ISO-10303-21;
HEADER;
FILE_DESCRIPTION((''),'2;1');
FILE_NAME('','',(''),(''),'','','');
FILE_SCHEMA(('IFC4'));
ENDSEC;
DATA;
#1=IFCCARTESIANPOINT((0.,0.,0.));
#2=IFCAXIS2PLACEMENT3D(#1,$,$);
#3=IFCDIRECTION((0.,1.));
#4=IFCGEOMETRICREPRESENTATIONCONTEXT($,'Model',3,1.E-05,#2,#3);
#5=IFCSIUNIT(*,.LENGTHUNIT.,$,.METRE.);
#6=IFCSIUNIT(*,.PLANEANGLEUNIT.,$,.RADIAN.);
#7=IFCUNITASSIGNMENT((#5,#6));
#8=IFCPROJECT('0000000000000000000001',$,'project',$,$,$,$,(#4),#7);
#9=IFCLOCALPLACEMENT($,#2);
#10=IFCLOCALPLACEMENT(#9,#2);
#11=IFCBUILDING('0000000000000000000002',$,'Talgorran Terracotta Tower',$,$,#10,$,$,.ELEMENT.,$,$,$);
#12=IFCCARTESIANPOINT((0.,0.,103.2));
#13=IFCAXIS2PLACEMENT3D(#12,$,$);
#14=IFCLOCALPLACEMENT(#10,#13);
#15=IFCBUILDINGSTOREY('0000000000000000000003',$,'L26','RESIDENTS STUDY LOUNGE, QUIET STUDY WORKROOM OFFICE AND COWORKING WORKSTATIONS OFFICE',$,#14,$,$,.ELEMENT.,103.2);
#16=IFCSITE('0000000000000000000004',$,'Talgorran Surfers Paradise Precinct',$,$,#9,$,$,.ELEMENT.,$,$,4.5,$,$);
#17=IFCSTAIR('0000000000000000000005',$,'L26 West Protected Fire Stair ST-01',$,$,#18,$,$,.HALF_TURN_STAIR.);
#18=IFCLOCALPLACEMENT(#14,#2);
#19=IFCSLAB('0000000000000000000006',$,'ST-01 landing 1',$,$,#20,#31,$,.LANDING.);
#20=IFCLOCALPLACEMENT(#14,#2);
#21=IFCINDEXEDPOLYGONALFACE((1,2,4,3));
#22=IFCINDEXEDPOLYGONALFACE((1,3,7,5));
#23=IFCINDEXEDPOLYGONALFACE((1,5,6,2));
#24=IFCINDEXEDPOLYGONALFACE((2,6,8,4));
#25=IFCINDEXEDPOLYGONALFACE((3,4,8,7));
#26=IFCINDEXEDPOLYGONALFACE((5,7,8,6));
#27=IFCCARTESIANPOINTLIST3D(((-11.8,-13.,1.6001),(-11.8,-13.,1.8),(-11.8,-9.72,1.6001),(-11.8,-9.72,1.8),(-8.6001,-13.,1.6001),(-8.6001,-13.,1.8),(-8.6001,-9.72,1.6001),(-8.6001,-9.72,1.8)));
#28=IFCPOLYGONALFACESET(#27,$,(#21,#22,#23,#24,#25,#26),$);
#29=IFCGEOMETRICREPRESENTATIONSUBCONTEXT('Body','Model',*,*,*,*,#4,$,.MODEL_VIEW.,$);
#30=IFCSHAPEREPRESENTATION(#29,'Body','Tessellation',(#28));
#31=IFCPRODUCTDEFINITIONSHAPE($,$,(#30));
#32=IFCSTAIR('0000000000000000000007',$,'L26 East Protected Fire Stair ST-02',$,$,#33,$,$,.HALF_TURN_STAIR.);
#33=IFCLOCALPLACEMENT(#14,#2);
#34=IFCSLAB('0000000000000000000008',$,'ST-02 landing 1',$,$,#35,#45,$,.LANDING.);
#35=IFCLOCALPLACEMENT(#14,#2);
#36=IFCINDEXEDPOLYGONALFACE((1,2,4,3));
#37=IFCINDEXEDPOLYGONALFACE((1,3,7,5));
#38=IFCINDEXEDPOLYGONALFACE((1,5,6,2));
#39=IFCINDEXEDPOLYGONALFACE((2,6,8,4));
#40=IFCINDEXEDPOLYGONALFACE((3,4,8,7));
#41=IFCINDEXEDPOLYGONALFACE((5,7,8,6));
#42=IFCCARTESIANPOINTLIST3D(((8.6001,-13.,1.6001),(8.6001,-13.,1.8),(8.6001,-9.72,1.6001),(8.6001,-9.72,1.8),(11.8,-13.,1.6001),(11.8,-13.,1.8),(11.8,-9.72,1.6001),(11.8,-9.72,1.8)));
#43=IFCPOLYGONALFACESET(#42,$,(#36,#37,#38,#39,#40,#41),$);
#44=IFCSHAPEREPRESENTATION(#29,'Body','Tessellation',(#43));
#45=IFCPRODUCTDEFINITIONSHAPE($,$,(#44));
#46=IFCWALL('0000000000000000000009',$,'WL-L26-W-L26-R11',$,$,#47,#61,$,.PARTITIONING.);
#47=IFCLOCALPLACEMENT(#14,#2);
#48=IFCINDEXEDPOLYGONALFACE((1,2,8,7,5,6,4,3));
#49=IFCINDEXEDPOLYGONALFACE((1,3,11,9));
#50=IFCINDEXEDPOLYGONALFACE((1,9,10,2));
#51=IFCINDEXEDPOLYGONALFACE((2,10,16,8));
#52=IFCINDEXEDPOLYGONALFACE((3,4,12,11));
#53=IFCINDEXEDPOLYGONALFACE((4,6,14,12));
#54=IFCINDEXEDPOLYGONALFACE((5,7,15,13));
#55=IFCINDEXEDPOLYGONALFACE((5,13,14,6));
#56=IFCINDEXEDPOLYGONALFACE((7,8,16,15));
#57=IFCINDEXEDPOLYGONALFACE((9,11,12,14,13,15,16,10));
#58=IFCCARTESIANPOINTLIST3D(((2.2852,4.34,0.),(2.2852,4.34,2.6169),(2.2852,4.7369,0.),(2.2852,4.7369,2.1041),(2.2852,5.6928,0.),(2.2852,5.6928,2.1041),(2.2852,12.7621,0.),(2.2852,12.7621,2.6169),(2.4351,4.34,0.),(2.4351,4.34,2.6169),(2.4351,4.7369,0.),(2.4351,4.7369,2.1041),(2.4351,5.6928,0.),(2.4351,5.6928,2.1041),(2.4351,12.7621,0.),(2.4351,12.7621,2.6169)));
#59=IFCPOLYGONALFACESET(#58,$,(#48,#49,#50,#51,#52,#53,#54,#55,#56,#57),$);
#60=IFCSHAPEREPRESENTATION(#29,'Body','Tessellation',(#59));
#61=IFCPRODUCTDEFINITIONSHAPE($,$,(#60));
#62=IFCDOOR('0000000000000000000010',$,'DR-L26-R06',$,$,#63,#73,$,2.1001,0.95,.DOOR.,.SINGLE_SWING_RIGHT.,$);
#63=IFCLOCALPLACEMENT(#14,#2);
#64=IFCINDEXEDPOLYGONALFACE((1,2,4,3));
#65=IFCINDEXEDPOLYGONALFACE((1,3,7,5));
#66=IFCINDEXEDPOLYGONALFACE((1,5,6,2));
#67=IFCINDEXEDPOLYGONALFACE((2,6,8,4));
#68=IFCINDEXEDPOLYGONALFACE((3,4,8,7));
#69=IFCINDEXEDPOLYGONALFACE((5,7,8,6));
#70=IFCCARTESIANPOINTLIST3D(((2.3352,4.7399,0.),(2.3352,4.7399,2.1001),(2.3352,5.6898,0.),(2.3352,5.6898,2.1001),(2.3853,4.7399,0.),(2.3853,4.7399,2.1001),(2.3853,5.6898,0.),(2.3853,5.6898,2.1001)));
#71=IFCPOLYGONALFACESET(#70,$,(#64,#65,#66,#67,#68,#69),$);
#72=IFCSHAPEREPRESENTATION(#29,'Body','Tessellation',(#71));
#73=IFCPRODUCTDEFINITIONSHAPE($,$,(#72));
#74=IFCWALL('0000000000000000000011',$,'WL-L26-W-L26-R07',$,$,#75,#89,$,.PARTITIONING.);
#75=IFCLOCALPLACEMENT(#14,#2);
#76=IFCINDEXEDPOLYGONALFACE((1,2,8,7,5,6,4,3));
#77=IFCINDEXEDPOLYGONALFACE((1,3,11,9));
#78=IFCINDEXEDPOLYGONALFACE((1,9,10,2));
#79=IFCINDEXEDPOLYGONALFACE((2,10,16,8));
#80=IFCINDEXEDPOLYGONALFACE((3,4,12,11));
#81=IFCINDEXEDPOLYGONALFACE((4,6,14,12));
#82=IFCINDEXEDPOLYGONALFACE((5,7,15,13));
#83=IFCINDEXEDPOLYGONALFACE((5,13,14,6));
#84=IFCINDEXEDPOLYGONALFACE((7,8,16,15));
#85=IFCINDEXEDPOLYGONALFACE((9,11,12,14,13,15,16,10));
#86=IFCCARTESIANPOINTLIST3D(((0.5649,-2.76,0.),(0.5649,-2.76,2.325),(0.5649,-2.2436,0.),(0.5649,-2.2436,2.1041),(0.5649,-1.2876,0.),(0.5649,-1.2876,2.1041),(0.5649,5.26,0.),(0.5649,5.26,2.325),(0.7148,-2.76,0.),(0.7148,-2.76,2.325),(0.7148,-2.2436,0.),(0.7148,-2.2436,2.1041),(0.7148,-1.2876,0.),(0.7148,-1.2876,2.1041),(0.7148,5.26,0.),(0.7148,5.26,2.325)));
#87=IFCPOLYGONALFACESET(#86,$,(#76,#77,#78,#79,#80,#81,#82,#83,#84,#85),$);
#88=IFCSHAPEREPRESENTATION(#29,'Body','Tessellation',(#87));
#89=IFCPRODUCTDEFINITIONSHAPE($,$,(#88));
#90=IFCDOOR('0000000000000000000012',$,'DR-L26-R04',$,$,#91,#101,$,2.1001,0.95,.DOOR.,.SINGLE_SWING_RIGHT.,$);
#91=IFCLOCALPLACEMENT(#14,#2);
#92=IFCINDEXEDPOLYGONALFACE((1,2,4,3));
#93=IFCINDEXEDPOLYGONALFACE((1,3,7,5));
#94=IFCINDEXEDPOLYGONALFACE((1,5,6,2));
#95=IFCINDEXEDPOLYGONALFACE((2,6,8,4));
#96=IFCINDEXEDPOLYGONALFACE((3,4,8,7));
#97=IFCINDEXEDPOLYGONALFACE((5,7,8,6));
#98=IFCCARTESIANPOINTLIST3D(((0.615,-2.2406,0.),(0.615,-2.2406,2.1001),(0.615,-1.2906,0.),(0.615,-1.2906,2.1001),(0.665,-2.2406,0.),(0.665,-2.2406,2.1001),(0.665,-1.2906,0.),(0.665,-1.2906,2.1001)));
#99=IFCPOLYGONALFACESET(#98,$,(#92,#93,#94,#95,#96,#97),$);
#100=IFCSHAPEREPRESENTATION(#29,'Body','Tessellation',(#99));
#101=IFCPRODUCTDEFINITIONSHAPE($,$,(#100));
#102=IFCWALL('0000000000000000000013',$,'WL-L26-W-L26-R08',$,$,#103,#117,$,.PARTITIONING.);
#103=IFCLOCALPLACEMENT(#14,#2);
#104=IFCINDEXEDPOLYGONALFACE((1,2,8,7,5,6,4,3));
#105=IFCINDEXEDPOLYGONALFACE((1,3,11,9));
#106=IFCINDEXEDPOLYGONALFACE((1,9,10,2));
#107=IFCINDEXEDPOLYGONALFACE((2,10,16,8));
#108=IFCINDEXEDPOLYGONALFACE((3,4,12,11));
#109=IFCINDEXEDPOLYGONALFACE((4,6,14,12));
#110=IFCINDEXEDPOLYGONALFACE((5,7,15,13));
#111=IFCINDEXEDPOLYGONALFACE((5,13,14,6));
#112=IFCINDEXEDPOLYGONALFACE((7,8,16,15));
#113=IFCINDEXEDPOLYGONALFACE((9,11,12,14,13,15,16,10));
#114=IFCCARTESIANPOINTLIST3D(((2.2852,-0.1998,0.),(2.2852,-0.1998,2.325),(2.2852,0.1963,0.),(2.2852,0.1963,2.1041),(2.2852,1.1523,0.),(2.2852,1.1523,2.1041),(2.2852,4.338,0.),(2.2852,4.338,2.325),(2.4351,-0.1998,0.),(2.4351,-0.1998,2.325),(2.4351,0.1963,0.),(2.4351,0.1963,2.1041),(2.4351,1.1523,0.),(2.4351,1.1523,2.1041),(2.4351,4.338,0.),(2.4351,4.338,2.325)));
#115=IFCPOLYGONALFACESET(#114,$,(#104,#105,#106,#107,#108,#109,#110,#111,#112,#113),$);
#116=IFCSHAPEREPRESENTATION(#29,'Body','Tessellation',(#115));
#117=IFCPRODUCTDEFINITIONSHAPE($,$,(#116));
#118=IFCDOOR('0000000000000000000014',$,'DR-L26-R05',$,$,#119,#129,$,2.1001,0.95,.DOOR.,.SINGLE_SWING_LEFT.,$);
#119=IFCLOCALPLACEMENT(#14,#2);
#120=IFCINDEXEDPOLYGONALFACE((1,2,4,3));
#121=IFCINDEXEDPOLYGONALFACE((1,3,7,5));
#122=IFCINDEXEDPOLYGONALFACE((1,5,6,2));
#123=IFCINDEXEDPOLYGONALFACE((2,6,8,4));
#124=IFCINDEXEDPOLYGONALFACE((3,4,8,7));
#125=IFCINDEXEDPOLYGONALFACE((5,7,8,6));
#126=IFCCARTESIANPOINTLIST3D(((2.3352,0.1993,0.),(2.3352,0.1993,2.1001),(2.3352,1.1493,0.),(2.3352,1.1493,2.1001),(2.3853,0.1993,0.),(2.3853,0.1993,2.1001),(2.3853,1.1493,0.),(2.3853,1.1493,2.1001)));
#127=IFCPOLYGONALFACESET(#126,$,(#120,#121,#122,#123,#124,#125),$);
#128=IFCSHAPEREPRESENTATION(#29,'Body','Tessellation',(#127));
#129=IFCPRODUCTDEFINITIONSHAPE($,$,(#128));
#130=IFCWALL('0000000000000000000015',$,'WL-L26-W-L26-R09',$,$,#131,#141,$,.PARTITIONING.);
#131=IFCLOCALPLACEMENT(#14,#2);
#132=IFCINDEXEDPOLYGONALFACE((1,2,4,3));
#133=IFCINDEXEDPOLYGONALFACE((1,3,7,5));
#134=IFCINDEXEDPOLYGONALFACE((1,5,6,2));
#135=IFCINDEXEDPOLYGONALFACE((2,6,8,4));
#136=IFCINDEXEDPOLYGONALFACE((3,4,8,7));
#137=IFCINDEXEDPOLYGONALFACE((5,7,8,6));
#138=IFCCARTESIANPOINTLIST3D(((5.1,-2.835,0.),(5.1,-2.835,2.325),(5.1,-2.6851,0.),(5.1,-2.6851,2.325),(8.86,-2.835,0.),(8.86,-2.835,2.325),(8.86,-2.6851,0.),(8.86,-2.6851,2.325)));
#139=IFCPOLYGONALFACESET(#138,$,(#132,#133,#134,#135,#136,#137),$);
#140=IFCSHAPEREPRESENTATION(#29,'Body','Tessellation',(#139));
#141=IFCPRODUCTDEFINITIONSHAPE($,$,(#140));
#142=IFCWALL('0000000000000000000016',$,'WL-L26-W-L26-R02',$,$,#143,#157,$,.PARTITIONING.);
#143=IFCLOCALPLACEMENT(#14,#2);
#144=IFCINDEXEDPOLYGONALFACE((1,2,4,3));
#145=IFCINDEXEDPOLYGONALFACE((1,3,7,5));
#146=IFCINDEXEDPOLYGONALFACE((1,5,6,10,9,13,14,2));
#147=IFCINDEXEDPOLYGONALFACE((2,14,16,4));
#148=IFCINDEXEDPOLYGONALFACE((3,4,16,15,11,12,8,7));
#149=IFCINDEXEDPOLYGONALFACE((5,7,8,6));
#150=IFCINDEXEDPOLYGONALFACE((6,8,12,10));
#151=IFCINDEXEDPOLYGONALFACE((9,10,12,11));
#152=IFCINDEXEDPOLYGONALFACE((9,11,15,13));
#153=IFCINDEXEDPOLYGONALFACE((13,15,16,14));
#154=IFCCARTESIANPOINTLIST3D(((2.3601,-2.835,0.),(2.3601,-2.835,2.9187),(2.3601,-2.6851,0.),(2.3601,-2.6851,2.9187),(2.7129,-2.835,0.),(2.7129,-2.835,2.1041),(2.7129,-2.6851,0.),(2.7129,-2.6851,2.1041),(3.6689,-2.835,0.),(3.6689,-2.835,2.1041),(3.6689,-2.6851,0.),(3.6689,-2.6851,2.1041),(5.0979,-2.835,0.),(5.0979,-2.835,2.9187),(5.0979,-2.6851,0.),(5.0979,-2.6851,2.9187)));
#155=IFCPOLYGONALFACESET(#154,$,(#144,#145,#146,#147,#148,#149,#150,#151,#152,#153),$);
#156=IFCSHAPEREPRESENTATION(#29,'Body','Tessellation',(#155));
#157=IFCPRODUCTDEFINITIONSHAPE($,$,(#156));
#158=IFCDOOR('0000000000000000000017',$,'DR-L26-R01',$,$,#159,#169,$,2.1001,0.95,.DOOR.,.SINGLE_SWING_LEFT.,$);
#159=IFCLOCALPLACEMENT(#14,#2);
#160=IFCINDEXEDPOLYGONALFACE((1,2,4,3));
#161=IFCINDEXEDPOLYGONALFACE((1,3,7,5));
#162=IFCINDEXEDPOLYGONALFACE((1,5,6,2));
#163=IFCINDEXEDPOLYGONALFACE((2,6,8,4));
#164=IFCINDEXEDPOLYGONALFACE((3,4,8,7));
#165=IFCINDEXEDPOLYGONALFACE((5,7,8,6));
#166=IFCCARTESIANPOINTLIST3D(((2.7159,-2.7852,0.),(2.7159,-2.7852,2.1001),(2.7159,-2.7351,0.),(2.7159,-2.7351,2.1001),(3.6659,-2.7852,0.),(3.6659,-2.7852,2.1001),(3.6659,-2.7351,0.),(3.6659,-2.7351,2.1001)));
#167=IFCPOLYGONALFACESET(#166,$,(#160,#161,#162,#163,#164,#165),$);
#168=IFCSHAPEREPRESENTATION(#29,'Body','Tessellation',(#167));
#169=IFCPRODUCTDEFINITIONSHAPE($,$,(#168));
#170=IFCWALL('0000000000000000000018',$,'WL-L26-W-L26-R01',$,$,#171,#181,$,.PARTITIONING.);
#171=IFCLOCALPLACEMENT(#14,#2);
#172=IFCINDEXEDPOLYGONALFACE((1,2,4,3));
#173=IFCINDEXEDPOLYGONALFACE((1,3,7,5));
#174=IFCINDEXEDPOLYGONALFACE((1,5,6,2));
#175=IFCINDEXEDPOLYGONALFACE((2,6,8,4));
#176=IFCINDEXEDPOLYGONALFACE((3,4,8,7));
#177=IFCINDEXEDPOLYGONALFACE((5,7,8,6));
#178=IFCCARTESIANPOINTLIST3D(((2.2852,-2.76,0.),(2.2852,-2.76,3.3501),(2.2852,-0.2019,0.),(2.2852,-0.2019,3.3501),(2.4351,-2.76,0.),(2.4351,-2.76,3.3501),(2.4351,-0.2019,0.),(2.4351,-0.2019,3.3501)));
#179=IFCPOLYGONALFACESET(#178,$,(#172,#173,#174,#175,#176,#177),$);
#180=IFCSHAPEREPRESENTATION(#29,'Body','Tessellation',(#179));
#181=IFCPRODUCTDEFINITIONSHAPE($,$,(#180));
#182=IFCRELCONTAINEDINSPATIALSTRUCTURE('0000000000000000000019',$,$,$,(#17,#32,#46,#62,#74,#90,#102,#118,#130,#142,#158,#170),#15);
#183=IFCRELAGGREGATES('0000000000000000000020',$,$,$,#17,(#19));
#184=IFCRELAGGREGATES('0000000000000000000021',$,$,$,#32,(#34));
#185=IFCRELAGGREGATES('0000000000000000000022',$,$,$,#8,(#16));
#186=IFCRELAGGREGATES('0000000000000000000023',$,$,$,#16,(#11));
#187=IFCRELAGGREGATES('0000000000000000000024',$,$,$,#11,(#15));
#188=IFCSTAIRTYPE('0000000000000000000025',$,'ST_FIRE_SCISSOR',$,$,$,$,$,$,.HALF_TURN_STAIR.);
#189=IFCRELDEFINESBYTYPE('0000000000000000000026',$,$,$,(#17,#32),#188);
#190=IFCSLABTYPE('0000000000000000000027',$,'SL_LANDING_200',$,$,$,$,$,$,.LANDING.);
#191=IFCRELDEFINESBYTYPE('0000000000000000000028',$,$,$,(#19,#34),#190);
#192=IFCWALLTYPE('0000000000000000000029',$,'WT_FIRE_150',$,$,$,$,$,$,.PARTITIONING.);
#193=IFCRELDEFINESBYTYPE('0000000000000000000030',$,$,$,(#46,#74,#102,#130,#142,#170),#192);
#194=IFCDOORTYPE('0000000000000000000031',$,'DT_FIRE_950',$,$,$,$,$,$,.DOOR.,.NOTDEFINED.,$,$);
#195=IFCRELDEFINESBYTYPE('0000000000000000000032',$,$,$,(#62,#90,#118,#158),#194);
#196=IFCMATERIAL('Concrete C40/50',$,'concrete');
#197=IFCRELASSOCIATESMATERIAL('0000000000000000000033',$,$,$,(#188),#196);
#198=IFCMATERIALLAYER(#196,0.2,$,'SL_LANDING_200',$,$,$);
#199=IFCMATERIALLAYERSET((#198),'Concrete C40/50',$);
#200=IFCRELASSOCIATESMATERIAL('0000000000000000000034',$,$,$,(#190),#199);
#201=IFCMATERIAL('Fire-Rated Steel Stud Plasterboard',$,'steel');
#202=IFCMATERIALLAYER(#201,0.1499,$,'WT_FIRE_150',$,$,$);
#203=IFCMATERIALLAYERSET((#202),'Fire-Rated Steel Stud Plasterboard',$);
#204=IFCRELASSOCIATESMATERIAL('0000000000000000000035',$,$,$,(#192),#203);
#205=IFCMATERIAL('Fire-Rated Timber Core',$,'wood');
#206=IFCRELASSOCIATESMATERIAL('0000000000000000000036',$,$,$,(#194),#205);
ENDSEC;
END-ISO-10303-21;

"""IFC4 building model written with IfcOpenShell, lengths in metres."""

from ifc_helpers import new_model, si_unit, direction, frame, frame_2d, origin, place, context, subcontext, project, spatial, polyline, rectangle, outline, extrude, material, layer, layer_set, type_object, element, fill, aggregate, save


model = new_model("IFC4")

# Units and contexts
model_context = context("Model", 3, precision=1e-05, world=origin(), true_north=direction((0.0, 1.0)))
body_context = subcontext(model_context, "Body", "Model", "MODEL_VIEW")
ifc_project = project(units=[si_unit("LENGTHUNIT", "METRE"), si_unit("PLANEANGLEUNIT", "RADIAN")], contexts=[model_context])

# Site, building, storey
site_placement = place(None, origin())
site = spatial("IfcSite", under=ifc_project, at=site_placement, Name="Talgorran Surfers Paradise Precinct", CompositionType="ELEMENT", RefElevation=4.5)
building_placement = place(site_placement, origin())
building = spatial("IfcBuilding", under=site, at=building_placement, Name="Talgorran Terracotta Tower", CompositionType="ELEMENT")
storey_placement = place(building_placement, frame((0.0, 0.0, 103.2)))
storey = spatial("IfcBuildingStorey", under=building, at=storey_placement, Name="L26", Description="RESIDENTS STUDY LOUNGE, QUIET STUDY WORKROOM OFFICE AND COWORKING WORKSTATIONS OFFICE", CompositionType="ELEMENT", Elevation=103.2)

# Stairs, slabs
ifc_material_1 = material(Name="Concrete C40/50", Category="concrete")
stair_type = type_object("IfcStairType", Name="ST_FIRE_SCISSOR", PredefinedType="HALF_TURN_STAIR", material=ifc_material_1)
stair_1_placement = place(storey_placement, origin())
stair_1 = element("IfcStair", 1, at=stair_1_placement, inside=storey, type_object=stair_type, Name="L26 West Protected Fire Stair ST-01", PredefinedType="HALF_TURN_STAIR")
ifc_layer_1 = layer(ifc_material_1, 0.2, Name="SL_LANDING_200")
ifc_layer_set_1 = layer_set([ifc_layer_1], Name="Concrete C40/50")
slab_type = type_object("IfcSlabType", Name="SL_LANDING_200", PredefinedType="LANDING", material=ifc_layer_set_1)
slab_1_placement = place(storey_placement, frame((0.0, 0.0, 1.6001)))
slab_1 = element("IfcSlab", 2, at=slab_1_placement, type_object=slab_type, Name="ST-01 landing 1", PredefinedType="LANDING", context=body_context, shape_type="SweptSolid", body=[
    extrude(outline(polyline([(-11.8, -9.72), (-11.8, -13.0), (-8.6001, -13.0), (-8.6001, -9.72), (-11.8, -9.72)])), origin(), (0.0, 0.0, 1.0), 0.2),
])
aggregate(stair_1, [slab_1])
stair_2_placement = place(storey_placement, origin())
stair_2 = element("IfcStair", 3, at=stair_2_placement, inside=storey, type_object=stair_type, Name="L26 East Protected Fire Stair ST-02", PredefinedType="HALF_TURN_STAIR")
slab_2_placement = place(storey_placement, frame((0.0, 0.0, 1.6001)))
slab_2 = element("IfcSlab", 4, at=slab_2_placement, type_object=slab_type, Name="ST-02 landing 1", PredefinedType="LANDING", context=body_context, shape_type="SweptSolid", body=[
    extrude(outline(polyline([(8.6001, -9.72), (8.6001, -13.0), (11.8, -13.0), (11.8, -9.72), (8.6001, -9.72)])), origin(), (0.0, 0.0, 1.0), 0.2),
])
aggregate(stair_2, [slab_2])

# Walls, openings, doors
ifc_material_2 = material(Name="Fire-Rated Steel Stud Plasterboard", Category="steel")
ifc_layer_2 = layer(ifc_material_2, 0.1499, Name="WT_FIRE_150")
ifc_layer_set_2 = layer_set([ifc_layer_2], Name="Fire-Rated Steel Stud Plasterboard")
wall_type_1 = type_object("IfcWallType", Name="WT_FIRE_150", PredefinedType="PARTITIONING", material=ifc_layer_set_2)
wall_1_placement = place(storey_placement, frame((2.3601, 4.3401, 0.0), z_axis=(0.0, 0.0, 1.0), x_axis=(0.0, 1.0, 0.0)))
wall_1 = element("IfcWall", 5, at=wall_1_placement, inside=storey, type_object=wall_type_1, Name="WL-L26-W-L26-R11", PredefinedType="PARTITIONING", context=body_context, shape_type="SweptSolid", body=[
    extrude(rectangle(XDim=8.4221, YDim=0.1499, at=frame_2d((4.2109, 0.0))), origin(), (0.0, 0.0, 1.0), 2.6169),
])
opening_1_placement = place(wall_1_placement, frame((0.3997, 0.0, 0.0)))
opening_1 = element("IfcOpeningElement", 6, at=opening_1_placement, cuts=wall_1, PredefinedType="OPENING", context=body_context, shape_type="SweptSolid", body=[
    extrude(rectangle(XDim=0.956, YDim=2.1041, at=frame_2d((0.4751, 1.052))), frame((0.0, 0.085, 0.0), z_axis=(0.0, -1.0, 0.0), x_axis=(1.0, 0.0, 0.0)), (0.0, 0.0, 1.0), 0.1699),
])
ifc_material_3 = material(Name="Fire-Rated Timber Core", Category="wood")
door_type = type_object("IfcDoorType", Name="DT_FIRE_950", OperationType="NOTDEFINED", PredefinedType="DOOR", material=ifc_material_3)
door_1_placement = place(opening_1_placement, origin())
door_1 = element("IfcDoor", 7, at=door_1_placement, inside=storey, type_object=door_type, Name="DR-L26-R06", OperationType="SINGLE_SWING_RIGHT", OverallHeight=2.1001, OverallWidth=0.95, PredefinedType="DOOR", context=body_context, shape_type="SweptSolid", body=[
    extrude(rectangle(XDim=0.95, YDim=2.1001, at=frame_2d((0.4751, 1.05))), frame((0.0, 0.0249, 0.0), z_axis=(0.0, -1.0, 0.0), x_axis=(1.0, 0.0, 0.0)), (0.0, 0.0, 1.0), 0.05),
])
fill(opening_1, door_1)
wall_2_placement = place(storey_placement, frame((0.6399, -2.76, 0.0), z_axis=(0.0, 0.0, 1.0), x_axis=(0.0, 1.0, 0.0)))
wall_2 = element("IfcWall", 8, at=wall_2_placement, inside=storey, type_object=wall_type_1, Name="WL-L26-W-L26-R07", PredefinedType="PARTITIONING", context=body_context, shape_type="SweptSolid", body=[
    extrude(rectangle(XDim=8.02, YDim=0.1499, at=frame_2d((4.01, 0.0))), origin(), (0.0, 0.0, 1.0), 2.325),
])
opening_2_placement = place(wall_2_placement, frame((0.5193, 0.0, 0.0)))
opening_2 = element("IfcOpeningElement", 9, at=opening_2_placement, cuts=wall_2, PredefinedType="OPENING", context=body_context, shape_type="SweptSolid", body=[
    extrude(rectangle(XDim=0.956, YDim=2.1041, at=frame_2d((0.4751, 1.052))), frame((0.0, 0.085, 0.0), z_axis=(0.0, -1.0, 0.0), x_axis=(1.0, 0.0, 0.0)), (0.0, 0.0, 1.0), 0.1699),
])
door_2_placement = place(opening_2_placement, origin())
door_2 = element("IfcDoor", 10, at=door_2_placement, inside=storey, type_object=door_type, Name="DR-L26-R04", OperationType="SINGLE_SWING_RIGHT", OverallHeight=2.1001, OverallWidth=0.95, PredefinedType="DOOR", context=body_context, shape_type="SweptSolid", body=[
    extrude(rectangle(XDim=0.95, YDim=2.1001, at=frame_2d((0.4751, 1.05))), frame((0.0, 0.0249, 0.0), z_axis=(0.0, -1.0, 0.0), x_axis=(1.0, 0.0, 0.0)), (0.0, 0.0, 1.0), 0.05),
])
fill(opening_2, door_2)
wall_3_placement = place(storey_placement, frame((2.3601, -0.2, 0.0), z_axis=(0.0, 0.0, 1.0), x_axis=(0.0, 1.0, 0.0)))
wall_3 = element("IfcWall", 11, at=wall_3_placement, inside=storey, type_object=wall_type_1, Name="WL-L26-W-L26-R08", PredefinedType="PARTITIONING", context=body_context, shape_type="SweptSolid", body=[
    extrude(rectangle(XDim=4.5378, YDim=0.1499, at=frame_2d((2.269, 0.0))), origin(), (0.0, 0.0, 1.0), 2.325),
])
opening_3_placement = place(wall_3_placement, frame((0.3992, 0.0, 0.0)))
opening_3 = element("IfcOpeningElement", 12, at=opening_3_placement, cuts=wall_3, PredefinedType="OPENING", context=body_context, shape_type="SweptSolid", body=[
    extrude(rectangle(XDim=0.956, YDim=2.1041, at=frame_2d((0.4751, 1.052))), frame((0.0, 0.085, 0.0), z_axis=(0.0, -1.0, 0.0), x_axis=(1.0, 0.0, 0.0)), (0.0, 0.0, 1.0), 0.1699),
])
door_3_placement = place(opening_3_placement, origin())
door_3 = element("IfcDoor", 13, at=door_3_placement, inside=storey, type_object=door_type, Name="DR-L26-R05", OperationType="SINGLE_SWING_LEFT", OverallHeight=2.1001, OverallWidth=0.95, PredefinedType="DOOR", context=body_context, shape_type="SweptSolid", body=[
    extrude(rectangle(XDim=0.95, YDim=2.1001, at=frame_2d((0.4751, 1.05))), frame((0.0, 0.0249, 0.0), z_axis=(0.0, -1.0, 0.0), x_axis=(1.0, 0.0, 0.0)), (0.0, 0.0, 1.0), 0.05),
])
fill(opening_3, door_3)

# Wall
wall_4_placement = place(storey_placement, frame((5.1001, -2.76, 0.0), z_axis=(0.0, 0.0, 1.0), x_axis=(1.0, 0.0, 0.0)))
element("IfcWall", 14, at=wall_4_placement, inside=storey, type_object=wall_type_1, Name="WL-L26-W-L26-R09", PredefinedType="PARTITIONING", context=body_context, shape_type="SweptSolid", body=[
    extrude(rectangle(XDim=3.76, YDim=0.1499, at=frame_2d((1.8799, 0.0))), origin(), (0.0, 0.0, 1.0), 2.325),
])

# Wall, opening, door
wall_5_placement = place(storey_placement, frame((2.3601, -2.76, 0.0), z_axis=(0.0, 0.0, 1.0), x_axis=(1.0, 0.0, 0.0)))
wall_5 = element("IfcWall", 15, at=wall_5_placement, inside=storey, type_object=wall_type_1, Name="WL-L26-W-L26-R02", PredefinedType="PARTITIONING", context=body_context, shape_type="SweptSolid", body=[
    extrude(rectangle(XDim=2.7378, YDim=0.1499, at=frame_2d((1.3689, 0.0))), origin(), (0.0, 0.0, 1.0), 2.9187),
])
opening_4_placement = place(wall_5_placement, frame((0.3557, 0.0, 0.0)))
opening_4 = element("IfcOpeningElement", 16, at=opening_4_placement, cuts=wall_5, PredefinedType="OPENING", context=body_context, shape_type="SweptSolid", body=[
    extrude(rectangle(XDim=0.956, YDim=2.1041, at=frame_2d((0.4751, 1.052))), frame((0.0, 0.085, 0.0), z_axis=(0.0, -1.0, 0.0), x_axis=(1.0, 0.0, 0.0)), (0.0, 0.0, 1.0), 0.1699),
])
door_4_placement = place(opening_4_placement, origin())
door_4 = element("IfcDoor", 17, at=door_4_placement, inside=storey, type_object=door_type, Name="DR-L26-R01", OperationType="SINGLE_SWING_LEFT", OverallHeight=2.1001, OverallWidth=0.95, PredefinedType="DOOR", context=body_context, shape_type="SweptSolid", body=[
    extrude(rectangle(XDim=0.95, YDim=2.1001, at=frame_2d((0.4751, 1.05))), frame((0.0, 0.0249, 0.0), z_axis=(0.0, -1.0, 0.0), x_axis=(1.0, 0.0, 0.0)), (0.0, 0.0, 1.0), 0.05),
])
fill(opening_4, door_4)

# Wall
wall_6_placement = place(storey_placement, frame((2.3601, -2.76, 0.0), z_axis=(0.0, 0.0, 1.0), x_axis=(0.0, 1.0, 0.0)))
element("IfcWall", 18, at=wall_6_placement, inside=storey, type_object=wall_type_1, Name="WL-L26-W-L26-R01", PredefinedType="PARTITIONING", context=body_context, shape_type="SweptSolid", body=[
    extrude(rectangle(XDim=2.5581, YDim=0.1499, at=frame_2d((1.2791, 0.0))), origin(), (0.0, 0.0, 1.0), 3.3501),
])

save(model, "model.ifc")
